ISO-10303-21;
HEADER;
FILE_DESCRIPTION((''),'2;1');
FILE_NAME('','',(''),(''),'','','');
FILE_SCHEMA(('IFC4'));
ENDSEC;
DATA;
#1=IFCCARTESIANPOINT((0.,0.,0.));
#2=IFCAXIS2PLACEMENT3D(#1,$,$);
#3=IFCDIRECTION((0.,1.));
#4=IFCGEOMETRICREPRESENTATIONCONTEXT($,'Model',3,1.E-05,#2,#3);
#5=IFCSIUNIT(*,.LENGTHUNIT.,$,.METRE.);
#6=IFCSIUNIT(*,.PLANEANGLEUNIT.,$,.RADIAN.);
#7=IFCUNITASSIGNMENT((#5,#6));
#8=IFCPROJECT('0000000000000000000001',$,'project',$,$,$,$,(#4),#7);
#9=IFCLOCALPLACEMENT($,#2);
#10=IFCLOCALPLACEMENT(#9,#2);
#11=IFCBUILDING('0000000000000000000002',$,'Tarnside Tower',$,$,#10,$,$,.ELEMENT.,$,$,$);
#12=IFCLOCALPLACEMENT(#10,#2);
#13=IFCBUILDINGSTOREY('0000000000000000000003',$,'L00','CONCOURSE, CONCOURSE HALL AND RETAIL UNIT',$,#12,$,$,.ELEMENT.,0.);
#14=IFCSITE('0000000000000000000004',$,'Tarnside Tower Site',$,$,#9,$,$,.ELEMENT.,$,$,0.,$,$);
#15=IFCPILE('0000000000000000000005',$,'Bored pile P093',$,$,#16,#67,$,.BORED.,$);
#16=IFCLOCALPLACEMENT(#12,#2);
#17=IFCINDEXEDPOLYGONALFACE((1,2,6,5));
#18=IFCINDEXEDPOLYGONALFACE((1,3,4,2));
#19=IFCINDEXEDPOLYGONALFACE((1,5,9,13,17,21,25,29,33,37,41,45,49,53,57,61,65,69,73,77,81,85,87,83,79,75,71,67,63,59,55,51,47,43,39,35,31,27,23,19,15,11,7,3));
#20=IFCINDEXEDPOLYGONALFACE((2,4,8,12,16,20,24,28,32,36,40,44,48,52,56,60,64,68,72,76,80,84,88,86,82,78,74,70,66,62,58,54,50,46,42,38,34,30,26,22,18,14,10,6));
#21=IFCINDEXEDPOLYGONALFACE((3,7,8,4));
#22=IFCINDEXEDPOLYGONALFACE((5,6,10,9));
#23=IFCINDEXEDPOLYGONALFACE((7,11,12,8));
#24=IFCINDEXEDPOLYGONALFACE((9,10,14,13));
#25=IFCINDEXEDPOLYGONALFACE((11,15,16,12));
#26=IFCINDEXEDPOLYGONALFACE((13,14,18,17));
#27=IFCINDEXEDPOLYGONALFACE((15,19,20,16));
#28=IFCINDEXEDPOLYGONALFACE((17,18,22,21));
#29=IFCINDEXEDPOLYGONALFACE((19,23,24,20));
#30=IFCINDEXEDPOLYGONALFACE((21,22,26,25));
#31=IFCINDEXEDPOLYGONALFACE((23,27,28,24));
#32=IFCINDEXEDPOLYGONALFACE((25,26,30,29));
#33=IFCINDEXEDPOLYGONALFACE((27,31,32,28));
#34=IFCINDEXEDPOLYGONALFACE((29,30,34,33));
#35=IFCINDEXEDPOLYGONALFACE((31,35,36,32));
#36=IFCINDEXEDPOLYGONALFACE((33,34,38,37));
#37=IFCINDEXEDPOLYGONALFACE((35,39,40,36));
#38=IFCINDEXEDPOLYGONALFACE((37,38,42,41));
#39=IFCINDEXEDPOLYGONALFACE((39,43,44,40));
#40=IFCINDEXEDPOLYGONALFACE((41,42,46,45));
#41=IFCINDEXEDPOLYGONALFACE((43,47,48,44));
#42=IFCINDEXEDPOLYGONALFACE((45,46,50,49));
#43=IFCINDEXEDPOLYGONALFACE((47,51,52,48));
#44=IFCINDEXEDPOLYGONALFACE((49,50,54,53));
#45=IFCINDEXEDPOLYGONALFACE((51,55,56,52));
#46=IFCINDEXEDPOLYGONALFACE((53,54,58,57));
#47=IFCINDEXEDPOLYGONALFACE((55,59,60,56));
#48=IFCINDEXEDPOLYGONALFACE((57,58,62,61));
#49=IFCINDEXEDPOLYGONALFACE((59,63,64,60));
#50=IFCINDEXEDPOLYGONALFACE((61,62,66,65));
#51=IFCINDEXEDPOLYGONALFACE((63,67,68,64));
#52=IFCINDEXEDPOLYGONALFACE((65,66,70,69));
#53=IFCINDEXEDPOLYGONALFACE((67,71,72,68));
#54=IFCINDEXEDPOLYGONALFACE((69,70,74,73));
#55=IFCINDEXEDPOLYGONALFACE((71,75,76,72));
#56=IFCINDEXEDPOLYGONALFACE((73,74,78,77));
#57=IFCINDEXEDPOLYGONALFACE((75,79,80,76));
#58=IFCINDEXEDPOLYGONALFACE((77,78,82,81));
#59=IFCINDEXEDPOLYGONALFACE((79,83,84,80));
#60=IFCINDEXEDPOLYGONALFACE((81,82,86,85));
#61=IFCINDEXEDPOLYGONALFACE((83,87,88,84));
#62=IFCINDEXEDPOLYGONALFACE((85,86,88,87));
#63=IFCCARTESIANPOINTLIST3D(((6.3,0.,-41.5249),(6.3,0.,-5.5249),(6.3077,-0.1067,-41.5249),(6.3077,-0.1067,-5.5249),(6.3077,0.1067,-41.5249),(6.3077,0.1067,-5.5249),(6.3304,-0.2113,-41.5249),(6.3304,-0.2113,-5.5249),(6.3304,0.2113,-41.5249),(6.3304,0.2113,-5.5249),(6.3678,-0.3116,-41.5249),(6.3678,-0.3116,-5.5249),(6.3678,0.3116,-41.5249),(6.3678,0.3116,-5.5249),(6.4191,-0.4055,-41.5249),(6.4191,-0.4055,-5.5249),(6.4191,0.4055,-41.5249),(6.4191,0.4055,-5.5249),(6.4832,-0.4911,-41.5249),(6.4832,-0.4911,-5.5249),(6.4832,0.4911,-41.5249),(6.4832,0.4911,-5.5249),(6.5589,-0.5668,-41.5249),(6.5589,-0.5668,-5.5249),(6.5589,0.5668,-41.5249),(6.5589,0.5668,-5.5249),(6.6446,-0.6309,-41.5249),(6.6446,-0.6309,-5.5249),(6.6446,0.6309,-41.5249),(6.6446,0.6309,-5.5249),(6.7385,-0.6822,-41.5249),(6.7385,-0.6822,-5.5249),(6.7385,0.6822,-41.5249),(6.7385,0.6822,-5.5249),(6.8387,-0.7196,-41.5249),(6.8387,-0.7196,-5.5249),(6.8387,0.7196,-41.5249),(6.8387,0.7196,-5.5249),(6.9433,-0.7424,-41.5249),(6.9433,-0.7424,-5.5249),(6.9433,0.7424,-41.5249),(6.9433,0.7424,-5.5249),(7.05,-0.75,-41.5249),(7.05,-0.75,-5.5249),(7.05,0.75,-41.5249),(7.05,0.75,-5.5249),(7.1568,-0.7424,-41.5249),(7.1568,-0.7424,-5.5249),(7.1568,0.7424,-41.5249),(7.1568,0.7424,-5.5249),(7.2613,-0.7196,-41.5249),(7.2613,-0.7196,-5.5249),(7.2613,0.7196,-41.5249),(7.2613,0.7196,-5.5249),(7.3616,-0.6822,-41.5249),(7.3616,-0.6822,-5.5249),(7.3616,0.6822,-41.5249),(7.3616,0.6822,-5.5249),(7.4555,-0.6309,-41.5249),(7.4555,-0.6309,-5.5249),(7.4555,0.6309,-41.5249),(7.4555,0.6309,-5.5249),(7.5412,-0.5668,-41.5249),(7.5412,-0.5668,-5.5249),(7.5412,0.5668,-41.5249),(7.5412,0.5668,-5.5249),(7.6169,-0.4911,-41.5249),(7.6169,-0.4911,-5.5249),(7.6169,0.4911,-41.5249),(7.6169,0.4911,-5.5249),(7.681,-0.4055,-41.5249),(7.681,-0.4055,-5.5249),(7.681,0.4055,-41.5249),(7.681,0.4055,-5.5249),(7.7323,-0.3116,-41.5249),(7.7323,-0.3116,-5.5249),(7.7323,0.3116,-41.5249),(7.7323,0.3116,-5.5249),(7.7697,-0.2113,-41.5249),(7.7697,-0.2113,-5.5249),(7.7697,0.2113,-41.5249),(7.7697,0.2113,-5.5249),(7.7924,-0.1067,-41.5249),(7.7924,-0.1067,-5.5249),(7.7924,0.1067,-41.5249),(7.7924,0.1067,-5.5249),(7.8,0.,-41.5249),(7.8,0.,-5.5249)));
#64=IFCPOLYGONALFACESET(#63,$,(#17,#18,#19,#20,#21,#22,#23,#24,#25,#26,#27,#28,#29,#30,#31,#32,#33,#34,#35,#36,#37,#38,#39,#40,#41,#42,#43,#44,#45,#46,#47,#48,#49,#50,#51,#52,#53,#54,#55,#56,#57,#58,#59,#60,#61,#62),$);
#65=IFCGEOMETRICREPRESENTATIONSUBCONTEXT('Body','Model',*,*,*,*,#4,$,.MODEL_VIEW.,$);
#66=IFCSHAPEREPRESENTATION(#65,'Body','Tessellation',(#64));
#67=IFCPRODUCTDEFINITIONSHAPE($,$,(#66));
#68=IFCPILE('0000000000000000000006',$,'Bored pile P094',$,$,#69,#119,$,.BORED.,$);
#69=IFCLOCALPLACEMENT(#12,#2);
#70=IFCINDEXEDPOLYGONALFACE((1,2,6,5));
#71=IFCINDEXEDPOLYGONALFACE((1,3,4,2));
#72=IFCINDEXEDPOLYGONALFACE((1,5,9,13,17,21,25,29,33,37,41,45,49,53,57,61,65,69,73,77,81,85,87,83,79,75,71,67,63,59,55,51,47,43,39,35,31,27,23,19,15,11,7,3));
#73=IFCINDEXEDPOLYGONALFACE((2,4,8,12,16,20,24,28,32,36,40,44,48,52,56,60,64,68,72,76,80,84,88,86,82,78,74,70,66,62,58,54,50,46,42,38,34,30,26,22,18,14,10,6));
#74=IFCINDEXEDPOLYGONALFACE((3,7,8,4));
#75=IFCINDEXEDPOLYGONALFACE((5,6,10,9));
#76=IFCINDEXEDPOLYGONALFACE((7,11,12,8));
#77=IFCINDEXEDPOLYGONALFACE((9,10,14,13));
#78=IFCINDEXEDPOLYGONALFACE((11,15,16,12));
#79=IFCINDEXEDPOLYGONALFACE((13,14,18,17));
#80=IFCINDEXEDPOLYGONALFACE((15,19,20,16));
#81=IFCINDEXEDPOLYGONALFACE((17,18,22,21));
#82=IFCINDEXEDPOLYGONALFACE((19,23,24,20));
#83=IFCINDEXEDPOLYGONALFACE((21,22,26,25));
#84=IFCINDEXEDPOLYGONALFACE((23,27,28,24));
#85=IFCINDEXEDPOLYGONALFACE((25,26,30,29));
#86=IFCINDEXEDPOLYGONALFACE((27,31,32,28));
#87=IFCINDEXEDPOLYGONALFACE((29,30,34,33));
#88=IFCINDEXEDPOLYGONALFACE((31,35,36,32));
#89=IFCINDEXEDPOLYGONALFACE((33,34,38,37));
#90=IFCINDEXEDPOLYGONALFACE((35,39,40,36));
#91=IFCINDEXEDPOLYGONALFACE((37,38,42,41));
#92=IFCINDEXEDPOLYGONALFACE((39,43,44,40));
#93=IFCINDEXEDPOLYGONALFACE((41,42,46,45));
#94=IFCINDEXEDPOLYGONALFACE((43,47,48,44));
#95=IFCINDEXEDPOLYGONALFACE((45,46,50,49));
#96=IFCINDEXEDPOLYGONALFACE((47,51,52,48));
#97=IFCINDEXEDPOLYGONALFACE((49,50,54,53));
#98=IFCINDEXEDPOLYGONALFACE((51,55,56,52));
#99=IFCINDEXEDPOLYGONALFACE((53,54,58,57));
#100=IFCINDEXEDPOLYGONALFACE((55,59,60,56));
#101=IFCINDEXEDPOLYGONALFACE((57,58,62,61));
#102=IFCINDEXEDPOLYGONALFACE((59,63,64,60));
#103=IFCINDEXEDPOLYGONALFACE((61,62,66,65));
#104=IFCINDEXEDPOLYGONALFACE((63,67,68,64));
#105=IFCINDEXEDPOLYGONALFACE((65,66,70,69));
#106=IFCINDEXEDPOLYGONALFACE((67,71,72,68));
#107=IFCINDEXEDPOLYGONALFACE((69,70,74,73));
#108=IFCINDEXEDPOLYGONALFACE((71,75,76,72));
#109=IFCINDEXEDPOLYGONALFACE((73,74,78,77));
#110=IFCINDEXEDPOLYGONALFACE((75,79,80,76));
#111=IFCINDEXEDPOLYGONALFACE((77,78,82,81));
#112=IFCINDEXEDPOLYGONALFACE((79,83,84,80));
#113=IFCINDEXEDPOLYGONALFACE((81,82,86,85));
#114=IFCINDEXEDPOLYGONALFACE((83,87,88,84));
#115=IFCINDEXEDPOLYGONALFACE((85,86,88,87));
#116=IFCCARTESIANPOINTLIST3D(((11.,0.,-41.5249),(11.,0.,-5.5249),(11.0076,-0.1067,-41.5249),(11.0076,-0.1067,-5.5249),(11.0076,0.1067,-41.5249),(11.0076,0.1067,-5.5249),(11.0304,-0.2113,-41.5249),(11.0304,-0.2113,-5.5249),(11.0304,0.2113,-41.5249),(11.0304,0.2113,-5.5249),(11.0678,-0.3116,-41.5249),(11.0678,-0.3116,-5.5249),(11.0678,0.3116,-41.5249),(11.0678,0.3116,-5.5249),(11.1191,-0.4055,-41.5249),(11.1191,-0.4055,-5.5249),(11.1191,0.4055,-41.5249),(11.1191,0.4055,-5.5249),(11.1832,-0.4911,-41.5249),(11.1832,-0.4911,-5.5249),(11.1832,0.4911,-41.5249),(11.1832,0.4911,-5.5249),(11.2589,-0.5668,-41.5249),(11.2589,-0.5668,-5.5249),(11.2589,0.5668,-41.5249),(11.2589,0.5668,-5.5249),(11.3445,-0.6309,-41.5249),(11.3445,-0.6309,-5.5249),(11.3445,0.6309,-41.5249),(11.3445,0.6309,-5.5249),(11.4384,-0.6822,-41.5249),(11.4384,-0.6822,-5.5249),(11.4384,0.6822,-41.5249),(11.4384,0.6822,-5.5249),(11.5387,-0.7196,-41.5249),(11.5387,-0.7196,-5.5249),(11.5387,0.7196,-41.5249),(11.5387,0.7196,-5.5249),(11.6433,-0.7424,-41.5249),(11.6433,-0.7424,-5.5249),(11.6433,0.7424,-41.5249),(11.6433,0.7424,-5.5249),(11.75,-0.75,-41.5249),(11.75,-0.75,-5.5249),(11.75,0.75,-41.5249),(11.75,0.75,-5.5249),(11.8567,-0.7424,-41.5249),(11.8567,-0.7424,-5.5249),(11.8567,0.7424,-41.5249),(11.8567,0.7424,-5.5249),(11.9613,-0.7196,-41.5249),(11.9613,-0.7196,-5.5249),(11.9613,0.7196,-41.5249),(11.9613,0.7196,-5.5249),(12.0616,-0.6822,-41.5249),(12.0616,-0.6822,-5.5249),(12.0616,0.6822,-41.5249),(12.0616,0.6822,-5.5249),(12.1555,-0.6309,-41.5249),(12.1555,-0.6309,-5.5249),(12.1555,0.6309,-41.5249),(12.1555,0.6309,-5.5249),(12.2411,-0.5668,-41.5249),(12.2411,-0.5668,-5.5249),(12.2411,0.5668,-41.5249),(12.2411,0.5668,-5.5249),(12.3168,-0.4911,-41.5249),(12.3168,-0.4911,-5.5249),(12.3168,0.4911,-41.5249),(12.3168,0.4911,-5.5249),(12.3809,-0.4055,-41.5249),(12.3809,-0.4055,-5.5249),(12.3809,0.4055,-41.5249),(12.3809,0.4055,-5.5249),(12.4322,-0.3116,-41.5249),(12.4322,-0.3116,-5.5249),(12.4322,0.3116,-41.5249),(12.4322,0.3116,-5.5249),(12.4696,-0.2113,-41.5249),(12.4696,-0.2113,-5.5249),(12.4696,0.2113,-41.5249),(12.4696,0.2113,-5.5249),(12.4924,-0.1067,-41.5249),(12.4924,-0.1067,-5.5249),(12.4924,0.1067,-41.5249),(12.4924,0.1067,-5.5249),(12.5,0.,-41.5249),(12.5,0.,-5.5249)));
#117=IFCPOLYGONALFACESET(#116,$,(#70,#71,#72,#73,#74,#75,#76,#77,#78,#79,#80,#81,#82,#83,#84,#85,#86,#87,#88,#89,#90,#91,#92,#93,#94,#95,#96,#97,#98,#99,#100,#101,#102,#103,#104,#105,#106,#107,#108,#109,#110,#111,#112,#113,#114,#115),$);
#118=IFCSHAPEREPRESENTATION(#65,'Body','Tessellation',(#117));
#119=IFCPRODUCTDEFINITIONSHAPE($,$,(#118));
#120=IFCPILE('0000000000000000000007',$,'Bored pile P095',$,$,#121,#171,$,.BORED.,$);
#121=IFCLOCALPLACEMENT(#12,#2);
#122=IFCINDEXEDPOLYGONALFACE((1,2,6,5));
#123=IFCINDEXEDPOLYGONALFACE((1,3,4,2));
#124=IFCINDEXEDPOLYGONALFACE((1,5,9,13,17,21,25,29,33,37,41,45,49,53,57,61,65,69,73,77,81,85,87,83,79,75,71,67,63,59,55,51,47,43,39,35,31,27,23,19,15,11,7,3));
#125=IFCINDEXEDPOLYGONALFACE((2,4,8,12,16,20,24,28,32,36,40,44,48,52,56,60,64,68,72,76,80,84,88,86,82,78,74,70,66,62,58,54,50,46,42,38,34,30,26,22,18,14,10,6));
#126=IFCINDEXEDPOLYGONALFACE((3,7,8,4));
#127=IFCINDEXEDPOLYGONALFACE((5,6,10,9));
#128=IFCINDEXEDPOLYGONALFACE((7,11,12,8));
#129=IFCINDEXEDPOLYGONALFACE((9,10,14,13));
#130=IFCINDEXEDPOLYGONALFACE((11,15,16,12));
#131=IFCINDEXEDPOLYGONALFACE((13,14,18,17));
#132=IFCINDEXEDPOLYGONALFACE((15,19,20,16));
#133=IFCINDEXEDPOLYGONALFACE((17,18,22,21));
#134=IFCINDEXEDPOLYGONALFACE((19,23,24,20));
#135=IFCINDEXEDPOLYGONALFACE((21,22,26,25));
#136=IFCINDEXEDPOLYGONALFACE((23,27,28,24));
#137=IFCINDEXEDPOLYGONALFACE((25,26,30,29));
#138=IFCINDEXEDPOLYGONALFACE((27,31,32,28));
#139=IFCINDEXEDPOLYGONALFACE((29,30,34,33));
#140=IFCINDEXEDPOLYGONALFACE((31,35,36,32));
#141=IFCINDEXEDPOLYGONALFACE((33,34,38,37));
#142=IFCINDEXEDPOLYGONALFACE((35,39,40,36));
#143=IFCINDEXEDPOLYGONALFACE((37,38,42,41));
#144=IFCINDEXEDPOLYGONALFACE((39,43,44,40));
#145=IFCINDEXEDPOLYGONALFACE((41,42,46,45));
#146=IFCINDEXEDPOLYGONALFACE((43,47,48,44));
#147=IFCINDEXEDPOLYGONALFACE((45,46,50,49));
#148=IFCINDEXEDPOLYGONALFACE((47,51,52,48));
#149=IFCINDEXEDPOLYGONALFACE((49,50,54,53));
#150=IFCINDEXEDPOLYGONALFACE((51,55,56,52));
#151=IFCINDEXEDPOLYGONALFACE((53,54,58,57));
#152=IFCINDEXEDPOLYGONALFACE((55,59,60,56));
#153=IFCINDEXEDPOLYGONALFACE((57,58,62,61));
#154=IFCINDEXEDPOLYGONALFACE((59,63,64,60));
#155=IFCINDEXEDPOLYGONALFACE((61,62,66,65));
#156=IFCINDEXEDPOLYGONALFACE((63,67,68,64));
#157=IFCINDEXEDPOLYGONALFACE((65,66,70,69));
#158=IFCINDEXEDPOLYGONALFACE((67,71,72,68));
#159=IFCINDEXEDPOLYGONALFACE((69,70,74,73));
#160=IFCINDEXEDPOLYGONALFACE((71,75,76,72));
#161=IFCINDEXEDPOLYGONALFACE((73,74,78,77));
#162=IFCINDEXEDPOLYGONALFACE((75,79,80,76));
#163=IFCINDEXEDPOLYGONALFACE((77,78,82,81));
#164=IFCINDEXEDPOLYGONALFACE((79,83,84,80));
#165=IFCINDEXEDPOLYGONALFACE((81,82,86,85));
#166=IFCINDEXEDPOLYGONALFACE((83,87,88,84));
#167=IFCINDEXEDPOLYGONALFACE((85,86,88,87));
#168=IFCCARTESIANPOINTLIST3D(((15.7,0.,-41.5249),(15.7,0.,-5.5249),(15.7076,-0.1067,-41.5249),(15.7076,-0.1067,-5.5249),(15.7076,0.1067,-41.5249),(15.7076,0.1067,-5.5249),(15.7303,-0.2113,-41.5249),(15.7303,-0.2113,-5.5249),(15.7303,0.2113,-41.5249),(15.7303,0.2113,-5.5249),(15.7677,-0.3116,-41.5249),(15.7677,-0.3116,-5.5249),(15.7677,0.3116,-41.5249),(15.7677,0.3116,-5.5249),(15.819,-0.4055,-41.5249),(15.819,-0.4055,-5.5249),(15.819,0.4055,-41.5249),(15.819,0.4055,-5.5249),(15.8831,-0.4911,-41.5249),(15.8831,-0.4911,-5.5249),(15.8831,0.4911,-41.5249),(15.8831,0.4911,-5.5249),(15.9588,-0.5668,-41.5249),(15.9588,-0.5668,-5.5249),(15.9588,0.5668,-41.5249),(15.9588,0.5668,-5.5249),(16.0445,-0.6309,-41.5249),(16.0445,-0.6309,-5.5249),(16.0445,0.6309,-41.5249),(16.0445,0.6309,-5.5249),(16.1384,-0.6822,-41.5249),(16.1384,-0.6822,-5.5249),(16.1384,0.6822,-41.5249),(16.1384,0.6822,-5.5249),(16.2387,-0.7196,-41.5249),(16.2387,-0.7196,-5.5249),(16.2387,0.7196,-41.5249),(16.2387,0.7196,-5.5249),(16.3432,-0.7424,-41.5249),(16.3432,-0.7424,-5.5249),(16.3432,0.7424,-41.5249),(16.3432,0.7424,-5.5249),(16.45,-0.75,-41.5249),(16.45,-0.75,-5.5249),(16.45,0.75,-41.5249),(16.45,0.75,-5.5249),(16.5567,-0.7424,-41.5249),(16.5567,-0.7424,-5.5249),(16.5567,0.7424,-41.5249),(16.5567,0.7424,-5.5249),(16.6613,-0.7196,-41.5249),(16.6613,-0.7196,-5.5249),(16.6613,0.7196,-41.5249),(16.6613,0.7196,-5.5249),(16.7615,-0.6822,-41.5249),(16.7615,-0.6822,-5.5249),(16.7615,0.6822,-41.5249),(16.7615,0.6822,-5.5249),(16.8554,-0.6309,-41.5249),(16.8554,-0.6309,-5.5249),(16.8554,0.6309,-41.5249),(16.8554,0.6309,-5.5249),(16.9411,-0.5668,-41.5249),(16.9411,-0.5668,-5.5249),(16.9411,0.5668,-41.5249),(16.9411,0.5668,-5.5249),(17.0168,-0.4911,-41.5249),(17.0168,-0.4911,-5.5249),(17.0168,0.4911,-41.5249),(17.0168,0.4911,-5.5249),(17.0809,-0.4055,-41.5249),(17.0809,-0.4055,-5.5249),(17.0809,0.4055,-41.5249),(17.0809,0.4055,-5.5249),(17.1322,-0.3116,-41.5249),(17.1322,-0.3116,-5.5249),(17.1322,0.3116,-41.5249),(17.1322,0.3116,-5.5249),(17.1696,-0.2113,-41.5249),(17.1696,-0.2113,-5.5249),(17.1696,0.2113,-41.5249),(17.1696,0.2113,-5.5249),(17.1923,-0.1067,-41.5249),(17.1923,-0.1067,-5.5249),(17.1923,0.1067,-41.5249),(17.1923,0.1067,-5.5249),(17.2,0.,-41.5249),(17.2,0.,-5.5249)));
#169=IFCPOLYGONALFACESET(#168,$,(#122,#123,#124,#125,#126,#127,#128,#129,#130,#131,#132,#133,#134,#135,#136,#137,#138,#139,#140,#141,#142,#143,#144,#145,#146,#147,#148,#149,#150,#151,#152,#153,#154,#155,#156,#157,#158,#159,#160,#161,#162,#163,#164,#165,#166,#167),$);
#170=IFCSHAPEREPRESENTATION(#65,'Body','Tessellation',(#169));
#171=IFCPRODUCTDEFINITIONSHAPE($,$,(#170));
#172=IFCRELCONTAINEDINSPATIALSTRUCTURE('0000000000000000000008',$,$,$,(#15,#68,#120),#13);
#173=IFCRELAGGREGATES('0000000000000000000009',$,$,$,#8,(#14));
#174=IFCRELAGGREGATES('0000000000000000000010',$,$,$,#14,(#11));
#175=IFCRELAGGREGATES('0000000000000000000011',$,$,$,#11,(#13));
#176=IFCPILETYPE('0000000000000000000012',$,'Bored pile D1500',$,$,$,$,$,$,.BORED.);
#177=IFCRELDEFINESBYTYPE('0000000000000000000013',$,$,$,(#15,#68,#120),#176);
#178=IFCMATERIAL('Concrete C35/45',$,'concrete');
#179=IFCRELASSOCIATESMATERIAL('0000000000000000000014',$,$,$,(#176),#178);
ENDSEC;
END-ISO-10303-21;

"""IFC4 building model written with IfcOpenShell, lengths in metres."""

from ifc_helpers import new_model, si_unit, direction, frame, origin, origin_2d, place, context, subcontext, project, spatial, circle, extrude, material, material_profile, profile_set, type_object, element, save


model = new_model("IFC4")

# Units and contexts
model_context = context("Model", 3, precision=1e-05, world=origin(), true_north=direction((0.0, 1.0)))
body_context = subcontext(model_context, "Body", "Model", "MODEL_VIEW")
ifc_project = project(units=[si_unit("LENGTHUNIT", "METRE"), si_unit("PLANEANGLEUNIT", "RADIAN")], contexts=[model_context])

# Site, building, storey
site_placement = place(None, origin())
site = spatial("IfcSite", under=ifc_project, at=site_placement, Name="Tarnside Tower Site", CompositionType="ELEMENT", RefElevation=0.0)
building_placement = place(site_placement, origin())
building = spatial("IfcBuilding", under=site, at=building_placement, Name="Tarnside Tower", CompositionType="ELEMENT")
storey_placement = place(building_placement, origin())
storey = spatial("IfcBuildingStorey", under=building, at=storey_placement, Name="L00", Description="CONCOURSE, CONCOURSE HALL AND RETAIL UNIT", CompositionType="ELEMENT", Elevation=0.0)

# Piles
ifc_material_1 = material(Name="Concrete C35/45", Category="concrete")
ifc_material_profile_1 = material_profile(ifc_material_1, circle(Radius=0.75, at=origin_2d()), Name="Bored pile D1500")
ifc_profile_set_1 = profile_set([ifc_material_profile_1], Name="Concrete C35/45")
pile_type = type_object("IfcPileType", Name="Bored pile D1500", PredefinedType="BORED", material=ifc_profile_set_1)
for number, where, z_axis, x_axis, name in (
    (1, (7.05, 0.0, -5.5249), (0.0, 0.0, -1.0), (1.0, 0.0, 0.0), "Bored pile P093"),
    (2, (11.75, 0.0, -5.5249), (0.0, 0.0, -1.0), (1.0, 0.0, 0.0), "Bored pile P094"),
    (3, (16.45, 0.0, -5.5249), (0.0, 0.0, -1.0), (1.0, 0.0, 0.0), "Bored pile P095"),
):
    element("IfcPile", number, at=place(storey_placement, frame(where, z_axis=z_axis, x_axis=x_axis)), inside=storey, type_object=pile_type, Name=name, PredefinedType="BORED", context=body_context, shape_type="SweptSolid", body=[
        extrude(circle(Radius=0.75, at=origin_2d()), origin(), (0.0, 0.0, 1.0), 36.0),
    ])

save(model, "model.ifc")
